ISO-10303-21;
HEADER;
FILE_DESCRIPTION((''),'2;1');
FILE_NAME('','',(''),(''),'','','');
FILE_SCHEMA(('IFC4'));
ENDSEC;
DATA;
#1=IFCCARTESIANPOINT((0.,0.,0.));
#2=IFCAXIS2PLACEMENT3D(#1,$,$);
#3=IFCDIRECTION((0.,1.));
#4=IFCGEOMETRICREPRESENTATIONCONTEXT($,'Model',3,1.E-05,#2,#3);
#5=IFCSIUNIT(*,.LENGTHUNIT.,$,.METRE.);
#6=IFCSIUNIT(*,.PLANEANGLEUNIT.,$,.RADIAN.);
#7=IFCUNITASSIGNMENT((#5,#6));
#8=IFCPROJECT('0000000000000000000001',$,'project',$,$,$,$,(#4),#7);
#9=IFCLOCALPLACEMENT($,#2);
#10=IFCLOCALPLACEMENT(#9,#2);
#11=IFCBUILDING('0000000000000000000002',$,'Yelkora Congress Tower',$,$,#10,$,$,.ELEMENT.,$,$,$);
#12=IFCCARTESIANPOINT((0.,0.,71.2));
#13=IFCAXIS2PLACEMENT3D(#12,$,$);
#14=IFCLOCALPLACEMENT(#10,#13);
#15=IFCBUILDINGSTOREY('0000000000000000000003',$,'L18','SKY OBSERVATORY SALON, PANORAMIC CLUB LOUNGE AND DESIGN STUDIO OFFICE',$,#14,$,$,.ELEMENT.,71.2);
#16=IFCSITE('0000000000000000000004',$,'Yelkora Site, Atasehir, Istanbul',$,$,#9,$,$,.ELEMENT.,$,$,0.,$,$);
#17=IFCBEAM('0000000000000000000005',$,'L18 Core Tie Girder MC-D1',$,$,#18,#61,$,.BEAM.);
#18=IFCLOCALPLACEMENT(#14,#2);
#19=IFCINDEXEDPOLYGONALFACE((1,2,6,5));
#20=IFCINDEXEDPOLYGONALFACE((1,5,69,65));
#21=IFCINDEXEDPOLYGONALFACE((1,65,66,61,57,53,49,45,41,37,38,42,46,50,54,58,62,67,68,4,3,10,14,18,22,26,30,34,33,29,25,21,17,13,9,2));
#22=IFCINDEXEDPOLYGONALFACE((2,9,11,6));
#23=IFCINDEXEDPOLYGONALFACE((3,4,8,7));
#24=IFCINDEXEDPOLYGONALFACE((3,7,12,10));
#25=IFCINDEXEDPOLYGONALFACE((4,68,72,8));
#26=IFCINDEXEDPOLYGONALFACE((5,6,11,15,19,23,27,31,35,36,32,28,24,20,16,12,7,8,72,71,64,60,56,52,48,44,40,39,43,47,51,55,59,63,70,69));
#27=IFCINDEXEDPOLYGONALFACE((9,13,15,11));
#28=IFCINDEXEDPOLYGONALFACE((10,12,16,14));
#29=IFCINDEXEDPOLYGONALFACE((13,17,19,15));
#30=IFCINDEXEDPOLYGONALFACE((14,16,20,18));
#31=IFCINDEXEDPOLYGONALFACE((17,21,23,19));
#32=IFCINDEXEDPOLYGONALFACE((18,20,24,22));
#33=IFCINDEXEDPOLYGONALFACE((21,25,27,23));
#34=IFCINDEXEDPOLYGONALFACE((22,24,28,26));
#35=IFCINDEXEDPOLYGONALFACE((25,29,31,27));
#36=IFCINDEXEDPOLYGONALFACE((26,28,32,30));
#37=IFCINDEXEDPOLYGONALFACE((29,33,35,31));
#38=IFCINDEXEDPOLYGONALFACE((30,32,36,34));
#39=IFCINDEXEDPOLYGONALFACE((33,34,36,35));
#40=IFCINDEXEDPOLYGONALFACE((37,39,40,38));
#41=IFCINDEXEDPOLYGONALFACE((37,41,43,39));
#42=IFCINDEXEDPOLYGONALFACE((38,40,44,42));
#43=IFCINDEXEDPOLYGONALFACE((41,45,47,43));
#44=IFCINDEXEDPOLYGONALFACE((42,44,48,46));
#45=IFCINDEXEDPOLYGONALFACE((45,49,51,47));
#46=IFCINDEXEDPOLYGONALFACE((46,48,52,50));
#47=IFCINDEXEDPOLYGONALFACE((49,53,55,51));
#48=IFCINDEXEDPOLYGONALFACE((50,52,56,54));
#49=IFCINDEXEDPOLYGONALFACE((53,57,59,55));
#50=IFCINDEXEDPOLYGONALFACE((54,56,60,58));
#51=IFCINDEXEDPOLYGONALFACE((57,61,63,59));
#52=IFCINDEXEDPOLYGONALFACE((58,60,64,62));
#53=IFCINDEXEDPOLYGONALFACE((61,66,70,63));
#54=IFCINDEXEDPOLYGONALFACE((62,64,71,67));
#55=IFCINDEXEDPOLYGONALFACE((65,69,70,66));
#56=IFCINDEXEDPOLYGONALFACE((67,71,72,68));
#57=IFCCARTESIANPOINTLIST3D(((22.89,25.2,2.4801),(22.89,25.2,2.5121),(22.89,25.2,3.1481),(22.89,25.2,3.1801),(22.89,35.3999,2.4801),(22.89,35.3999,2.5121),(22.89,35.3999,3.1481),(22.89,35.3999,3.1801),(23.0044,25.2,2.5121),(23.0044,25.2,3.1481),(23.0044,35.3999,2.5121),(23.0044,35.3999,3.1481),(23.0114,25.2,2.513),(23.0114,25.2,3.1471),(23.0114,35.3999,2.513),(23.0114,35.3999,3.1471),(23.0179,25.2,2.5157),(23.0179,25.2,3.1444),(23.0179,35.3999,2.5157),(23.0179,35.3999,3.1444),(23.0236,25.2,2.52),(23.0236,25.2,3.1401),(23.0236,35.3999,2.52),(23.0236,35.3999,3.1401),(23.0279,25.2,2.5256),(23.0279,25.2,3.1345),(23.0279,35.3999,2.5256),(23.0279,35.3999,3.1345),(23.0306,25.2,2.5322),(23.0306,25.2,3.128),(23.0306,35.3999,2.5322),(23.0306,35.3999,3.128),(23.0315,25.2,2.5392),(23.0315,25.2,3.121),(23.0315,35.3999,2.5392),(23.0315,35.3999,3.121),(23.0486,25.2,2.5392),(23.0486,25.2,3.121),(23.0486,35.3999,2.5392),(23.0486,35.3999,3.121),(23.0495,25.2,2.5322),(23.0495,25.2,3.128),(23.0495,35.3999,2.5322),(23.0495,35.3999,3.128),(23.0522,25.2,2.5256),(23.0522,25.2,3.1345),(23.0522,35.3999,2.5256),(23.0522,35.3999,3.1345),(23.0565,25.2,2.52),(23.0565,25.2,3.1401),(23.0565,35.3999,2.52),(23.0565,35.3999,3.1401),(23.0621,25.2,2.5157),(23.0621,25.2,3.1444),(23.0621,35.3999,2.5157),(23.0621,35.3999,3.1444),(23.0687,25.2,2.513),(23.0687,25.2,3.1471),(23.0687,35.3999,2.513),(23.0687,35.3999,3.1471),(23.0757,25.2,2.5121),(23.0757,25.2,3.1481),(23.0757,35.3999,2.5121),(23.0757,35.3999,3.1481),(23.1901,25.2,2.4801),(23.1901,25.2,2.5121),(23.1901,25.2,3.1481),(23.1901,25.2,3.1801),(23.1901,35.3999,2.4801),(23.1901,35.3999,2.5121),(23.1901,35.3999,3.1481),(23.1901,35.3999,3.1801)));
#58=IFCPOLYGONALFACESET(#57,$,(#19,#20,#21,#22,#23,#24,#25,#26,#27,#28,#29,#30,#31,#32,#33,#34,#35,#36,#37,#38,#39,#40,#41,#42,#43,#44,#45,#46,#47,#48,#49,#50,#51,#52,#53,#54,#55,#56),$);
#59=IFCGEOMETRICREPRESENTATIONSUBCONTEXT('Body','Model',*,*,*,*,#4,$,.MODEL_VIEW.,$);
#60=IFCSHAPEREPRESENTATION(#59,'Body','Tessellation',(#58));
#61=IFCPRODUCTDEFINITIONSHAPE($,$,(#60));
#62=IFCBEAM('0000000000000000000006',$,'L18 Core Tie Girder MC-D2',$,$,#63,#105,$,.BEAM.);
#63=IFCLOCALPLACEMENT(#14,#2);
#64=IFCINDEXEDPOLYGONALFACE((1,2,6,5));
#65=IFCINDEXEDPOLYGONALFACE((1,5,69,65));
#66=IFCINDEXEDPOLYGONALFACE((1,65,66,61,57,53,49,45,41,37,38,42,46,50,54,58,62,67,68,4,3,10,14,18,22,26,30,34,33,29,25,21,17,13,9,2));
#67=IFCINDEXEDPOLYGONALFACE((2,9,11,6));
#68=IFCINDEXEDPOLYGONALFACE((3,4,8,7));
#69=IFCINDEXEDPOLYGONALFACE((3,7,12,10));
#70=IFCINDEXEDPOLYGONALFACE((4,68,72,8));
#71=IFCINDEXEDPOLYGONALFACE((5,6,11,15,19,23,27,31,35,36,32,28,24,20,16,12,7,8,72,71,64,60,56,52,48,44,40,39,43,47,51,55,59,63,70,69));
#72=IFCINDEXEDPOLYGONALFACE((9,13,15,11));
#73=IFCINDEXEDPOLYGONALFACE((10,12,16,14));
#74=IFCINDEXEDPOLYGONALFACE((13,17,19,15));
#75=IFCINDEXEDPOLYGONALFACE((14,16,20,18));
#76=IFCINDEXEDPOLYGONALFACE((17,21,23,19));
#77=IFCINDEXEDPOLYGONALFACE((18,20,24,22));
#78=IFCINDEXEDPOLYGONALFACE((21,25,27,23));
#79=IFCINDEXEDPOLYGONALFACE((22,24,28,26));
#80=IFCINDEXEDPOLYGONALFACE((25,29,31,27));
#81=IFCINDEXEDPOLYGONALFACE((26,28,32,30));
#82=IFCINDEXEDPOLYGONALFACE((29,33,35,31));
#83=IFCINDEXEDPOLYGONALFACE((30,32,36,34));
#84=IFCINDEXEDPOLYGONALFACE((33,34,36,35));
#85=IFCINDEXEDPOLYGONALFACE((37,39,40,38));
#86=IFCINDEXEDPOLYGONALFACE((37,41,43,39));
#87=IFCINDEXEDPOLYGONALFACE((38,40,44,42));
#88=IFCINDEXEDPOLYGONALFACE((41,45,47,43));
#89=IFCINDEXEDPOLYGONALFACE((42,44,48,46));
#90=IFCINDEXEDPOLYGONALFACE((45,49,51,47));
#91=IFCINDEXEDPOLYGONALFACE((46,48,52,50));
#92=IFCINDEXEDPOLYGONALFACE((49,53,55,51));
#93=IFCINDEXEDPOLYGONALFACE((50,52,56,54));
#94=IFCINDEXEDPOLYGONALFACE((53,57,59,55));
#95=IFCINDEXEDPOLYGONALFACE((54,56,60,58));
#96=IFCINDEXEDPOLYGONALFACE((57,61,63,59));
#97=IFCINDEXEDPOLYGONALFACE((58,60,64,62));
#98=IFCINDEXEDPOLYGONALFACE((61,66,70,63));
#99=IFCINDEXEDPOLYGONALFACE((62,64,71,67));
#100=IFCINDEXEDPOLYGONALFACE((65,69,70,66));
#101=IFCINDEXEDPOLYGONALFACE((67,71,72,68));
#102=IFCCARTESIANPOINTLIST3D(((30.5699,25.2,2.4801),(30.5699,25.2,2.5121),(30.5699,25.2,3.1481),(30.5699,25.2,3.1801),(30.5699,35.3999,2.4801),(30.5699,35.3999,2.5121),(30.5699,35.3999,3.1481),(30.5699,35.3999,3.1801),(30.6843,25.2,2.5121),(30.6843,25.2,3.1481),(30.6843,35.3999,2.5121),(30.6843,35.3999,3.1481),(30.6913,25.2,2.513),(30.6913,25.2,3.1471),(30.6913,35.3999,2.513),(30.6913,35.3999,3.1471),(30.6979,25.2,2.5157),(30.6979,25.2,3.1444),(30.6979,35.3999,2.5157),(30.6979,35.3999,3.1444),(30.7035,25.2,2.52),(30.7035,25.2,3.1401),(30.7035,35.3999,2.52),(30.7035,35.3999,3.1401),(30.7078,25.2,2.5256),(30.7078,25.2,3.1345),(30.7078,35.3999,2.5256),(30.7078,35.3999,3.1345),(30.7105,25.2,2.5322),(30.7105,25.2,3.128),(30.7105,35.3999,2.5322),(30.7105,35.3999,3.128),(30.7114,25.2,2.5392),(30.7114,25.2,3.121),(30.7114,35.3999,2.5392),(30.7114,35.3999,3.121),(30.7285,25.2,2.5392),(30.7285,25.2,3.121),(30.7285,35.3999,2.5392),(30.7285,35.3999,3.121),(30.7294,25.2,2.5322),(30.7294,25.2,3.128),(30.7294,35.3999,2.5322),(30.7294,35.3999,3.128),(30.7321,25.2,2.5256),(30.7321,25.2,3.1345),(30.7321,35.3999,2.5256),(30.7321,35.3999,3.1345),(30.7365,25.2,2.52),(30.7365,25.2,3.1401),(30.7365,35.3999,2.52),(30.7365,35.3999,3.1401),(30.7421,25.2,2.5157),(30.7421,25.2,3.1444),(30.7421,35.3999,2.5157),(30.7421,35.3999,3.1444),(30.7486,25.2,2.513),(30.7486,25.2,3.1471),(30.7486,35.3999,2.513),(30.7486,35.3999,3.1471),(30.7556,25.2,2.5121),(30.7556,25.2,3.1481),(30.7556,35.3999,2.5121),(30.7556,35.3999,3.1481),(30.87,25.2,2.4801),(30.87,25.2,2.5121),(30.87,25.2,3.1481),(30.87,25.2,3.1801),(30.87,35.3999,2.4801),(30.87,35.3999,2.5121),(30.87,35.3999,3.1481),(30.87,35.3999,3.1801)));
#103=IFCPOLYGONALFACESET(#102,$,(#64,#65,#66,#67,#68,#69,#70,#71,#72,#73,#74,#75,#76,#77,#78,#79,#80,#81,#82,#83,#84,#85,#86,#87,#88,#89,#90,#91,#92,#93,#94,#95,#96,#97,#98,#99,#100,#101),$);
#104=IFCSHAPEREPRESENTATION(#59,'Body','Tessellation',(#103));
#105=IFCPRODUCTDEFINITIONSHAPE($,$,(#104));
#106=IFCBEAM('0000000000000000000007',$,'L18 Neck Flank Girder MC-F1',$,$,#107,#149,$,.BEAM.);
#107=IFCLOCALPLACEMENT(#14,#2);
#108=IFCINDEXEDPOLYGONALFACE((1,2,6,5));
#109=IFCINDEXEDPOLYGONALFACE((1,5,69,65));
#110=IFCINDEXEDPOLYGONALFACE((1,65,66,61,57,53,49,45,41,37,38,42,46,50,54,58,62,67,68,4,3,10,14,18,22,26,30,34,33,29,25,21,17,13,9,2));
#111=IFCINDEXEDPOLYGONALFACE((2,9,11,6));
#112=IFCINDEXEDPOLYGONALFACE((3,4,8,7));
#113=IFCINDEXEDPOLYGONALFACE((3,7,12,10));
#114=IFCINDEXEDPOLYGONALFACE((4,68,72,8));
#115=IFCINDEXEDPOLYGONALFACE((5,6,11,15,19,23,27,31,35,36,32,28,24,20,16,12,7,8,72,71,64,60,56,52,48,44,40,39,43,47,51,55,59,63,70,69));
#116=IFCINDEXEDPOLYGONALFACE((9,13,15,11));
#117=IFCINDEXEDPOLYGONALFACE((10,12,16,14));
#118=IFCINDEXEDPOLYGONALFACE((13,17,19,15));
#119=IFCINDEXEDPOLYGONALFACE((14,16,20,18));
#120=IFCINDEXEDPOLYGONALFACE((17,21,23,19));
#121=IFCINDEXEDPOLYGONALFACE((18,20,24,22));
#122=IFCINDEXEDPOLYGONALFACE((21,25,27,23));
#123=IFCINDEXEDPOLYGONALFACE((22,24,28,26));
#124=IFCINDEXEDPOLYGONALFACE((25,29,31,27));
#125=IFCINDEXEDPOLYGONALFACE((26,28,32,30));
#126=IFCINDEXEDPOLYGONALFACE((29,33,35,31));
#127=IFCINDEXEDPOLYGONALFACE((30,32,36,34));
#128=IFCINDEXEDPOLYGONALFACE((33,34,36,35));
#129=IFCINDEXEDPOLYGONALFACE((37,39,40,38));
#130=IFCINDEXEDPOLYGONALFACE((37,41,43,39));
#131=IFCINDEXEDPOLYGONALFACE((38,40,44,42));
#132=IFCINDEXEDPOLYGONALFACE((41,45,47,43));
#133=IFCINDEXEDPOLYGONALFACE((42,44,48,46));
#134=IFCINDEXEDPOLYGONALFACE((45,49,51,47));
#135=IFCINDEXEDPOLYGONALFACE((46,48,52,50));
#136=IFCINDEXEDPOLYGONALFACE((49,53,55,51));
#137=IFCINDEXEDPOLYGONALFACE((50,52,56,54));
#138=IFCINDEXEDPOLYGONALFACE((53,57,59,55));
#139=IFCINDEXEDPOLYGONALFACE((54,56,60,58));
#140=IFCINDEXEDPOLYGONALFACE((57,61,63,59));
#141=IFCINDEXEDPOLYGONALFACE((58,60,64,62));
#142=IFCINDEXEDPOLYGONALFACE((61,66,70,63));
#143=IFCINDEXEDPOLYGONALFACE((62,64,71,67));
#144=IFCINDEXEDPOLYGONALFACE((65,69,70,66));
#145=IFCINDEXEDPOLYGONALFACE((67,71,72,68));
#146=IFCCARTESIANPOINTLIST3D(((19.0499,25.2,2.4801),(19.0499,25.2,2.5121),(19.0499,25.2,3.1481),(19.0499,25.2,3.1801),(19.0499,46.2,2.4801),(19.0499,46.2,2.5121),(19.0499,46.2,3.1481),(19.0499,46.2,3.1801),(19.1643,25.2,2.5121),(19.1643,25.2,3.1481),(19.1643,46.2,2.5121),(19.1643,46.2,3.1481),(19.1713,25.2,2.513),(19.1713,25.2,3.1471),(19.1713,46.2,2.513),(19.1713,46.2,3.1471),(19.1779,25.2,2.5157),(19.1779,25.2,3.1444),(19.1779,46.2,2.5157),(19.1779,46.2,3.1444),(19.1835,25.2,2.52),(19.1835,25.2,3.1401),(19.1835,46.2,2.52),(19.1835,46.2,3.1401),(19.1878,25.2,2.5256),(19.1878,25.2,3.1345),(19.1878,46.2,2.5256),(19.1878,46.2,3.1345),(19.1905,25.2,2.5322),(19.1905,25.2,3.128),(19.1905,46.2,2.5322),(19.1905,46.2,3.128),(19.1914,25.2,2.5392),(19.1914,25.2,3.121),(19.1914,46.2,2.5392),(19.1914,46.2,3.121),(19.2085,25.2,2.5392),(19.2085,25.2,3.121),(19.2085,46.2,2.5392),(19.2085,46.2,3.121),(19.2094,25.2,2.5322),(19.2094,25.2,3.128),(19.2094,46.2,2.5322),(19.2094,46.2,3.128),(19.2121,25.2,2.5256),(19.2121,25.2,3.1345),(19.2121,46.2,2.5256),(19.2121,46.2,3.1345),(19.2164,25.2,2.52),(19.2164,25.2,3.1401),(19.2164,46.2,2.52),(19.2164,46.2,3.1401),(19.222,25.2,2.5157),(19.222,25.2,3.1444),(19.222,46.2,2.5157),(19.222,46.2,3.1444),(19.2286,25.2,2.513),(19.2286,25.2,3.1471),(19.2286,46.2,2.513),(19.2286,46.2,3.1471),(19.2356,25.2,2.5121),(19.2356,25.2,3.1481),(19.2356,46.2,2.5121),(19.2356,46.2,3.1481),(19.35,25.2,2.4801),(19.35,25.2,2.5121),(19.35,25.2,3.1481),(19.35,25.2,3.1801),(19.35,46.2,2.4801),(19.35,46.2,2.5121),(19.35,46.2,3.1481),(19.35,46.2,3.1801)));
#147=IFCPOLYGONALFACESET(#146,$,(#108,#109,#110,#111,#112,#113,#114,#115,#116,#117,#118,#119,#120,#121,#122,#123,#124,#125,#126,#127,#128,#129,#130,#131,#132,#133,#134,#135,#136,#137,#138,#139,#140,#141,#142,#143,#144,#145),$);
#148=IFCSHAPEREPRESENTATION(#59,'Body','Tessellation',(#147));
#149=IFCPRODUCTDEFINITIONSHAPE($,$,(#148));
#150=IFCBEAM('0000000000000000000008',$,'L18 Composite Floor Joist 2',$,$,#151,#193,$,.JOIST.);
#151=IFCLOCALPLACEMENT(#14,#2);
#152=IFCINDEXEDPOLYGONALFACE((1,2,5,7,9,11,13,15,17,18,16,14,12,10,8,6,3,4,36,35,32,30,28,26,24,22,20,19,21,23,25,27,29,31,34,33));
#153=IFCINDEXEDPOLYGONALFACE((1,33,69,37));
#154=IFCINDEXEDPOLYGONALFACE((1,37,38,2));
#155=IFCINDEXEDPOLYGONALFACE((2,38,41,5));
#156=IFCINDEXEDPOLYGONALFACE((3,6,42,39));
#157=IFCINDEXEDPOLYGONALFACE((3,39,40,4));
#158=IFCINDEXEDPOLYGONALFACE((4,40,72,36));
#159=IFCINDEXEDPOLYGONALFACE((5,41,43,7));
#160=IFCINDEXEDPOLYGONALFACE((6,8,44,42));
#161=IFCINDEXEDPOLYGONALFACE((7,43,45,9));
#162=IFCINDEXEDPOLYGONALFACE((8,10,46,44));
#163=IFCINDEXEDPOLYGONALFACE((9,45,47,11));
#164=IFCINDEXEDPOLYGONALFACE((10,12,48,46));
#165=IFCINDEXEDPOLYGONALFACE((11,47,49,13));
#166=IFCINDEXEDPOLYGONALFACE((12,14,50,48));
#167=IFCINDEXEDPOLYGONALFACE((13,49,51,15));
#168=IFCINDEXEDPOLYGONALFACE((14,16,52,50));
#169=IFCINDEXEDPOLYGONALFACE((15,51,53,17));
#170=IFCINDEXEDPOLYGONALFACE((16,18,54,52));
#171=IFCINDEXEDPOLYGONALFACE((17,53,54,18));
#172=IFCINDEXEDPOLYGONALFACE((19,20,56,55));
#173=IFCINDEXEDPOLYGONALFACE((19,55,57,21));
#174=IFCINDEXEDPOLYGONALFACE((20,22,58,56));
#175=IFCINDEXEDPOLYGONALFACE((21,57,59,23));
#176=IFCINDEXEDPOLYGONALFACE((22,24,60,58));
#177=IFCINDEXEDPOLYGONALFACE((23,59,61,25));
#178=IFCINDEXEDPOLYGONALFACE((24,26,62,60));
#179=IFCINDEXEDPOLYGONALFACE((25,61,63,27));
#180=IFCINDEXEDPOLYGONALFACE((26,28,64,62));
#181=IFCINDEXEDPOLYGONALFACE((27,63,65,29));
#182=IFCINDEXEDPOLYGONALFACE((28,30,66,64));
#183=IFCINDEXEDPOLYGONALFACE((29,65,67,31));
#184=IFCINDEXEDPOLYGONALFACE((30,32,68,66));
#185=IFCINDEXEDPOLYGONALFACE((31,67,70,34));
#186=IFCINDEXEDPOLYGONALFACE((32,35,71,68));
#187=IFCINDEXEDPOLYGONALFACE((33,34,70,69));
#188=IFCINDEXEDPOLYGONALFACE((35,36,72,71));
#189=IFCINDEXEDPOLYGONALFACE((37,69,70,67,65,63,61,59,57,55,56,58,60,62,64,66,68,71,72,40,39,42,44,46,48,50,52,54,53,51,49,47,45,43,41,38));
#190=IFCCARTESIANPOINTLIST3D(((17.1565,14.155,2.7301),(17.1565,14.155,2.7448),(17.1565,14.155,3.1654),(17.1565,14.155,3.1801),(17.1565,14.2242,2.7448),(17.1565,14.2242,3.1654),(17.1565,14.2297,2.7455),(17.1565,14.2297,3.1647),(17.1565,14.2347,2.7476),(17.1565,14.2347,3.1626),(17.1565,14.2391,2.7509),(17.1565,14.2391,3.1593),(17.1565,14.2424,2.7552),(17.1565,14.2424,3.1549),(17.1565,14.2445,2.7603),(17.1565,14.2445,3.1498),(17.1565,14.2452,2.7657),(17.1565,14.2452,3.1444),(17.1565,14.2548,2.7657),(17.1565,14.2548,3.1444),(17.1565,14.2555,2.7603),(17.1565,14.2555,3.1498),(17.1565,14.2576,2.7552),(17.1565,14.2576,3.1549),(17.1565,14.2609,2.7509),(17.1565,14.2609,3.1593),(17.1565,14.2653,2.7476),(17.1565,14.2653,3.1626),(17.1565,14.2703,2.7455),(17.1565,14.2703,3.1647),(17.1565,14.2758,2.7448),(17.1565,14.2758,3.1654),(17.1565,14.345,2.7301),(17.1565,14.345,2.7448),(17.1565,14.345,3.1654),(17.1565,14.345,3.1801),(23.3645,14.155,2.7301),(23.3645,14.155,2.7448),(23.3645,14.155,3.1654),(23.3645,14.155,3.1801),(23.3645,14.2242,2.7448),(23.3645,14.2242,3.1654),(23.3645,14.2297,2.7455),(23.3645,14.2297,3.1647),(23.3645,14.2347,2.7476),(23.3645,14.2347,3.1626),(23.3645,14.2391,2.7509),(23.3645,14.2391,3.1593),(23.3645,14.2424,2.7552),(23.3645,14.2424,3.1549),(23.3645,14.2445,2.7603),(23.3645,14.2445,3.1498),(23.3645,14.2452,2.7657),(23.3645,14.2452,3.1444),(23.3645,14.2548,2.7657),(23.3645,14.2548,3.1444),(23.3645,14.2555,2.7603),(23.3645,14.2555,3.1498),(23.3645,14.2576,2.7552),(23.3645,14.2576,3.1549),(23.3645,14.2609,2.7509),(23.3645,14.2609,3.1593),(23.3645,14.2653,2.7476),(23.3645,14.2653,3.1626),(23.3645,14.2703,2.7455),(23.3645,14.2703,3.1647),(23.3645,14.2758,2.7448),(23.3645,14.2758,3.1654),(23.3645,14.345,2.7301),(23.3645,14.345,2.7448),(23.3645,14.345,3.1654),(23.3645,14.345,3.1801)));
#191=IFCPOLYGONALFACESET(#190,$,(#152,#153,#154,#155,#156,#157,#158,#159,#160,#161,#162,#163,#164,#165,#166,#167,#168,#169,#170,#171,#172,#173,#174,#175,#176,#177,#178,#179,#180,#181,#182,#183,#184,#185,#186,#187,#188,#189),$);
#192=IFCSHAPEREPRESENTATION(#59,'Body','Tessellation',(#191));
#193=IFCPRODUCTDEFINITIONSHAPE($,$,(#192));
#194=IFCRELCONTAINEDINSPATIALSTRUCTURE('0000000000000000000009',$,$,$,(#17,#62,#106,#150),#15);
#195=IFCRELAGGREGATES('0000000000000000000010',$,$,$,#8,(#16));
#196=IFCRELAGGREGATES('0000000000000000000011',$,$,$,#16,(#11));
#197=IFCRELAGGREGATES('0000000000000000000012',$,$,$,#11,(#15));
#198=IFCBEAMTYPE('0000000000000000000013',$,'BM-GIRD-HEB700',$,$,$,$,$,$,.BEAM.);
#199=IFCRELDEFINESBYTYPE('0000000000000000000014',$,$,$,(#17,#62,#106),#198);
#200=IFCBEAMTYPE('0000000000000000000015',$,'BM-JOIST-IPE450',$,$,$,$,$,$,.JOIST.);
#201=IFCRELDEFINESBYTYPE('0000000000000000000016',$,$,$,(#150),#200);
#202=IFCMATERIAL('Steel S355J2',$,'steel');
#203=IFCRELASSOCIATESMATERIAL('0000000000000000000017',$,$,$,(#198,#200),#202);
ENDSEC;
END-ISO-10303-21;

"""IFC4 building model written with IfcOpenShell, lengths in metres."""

from ifc_helpers import new_model, si_unit, direction, frame, origin, origin_2d, place, context, subcontext, project, spatial, i_section, extrude, material, material_profile, profile_set, type_object, element, save


model = new_model("IFC4")

# Units and contexts
model_context = context("Model", 3, precision=1e-05, world=origin(), true_north=direction((0.0, 1.0)))
body_context = subcontext(model_context, "Body", "Model", "MODEL_VIEW")
ifc_project = project(units=[si_unit("LENGTHUNIT", "METRE"), si_unit("PLANEANGLEUNIT", "RADIAN")], contexts=[model_context])

# Site, building, storey
site_placement = place(None, origin())
site = spatial("IfcSite", under=ifc_project, at=site_placement, Name="Yelkora Site, Atasehir, Istanbul", CompositionType="ELEMENT", RefElevation=0.0)
building_placement = place(site_placement, origin())
building = spatial("IfcBuilding", under=site, at=building_placement, Name="Yelkora Congress Tower", CompositionType="ELEMENT")
storey_placement = place(building_placement, frame((0.0, 0.0, 71.2)))
storey = spatial("IfcBuildingStorey", under=building, at=storey_placement, Name="L18", Description="SKY OBSERVATORY SALON, PANORAMIC CLUB LOUNGE AND DESIGN STUDIO OFFICE", CompositionType="ELEMENT", Elevation=71.2)

# Beams
ifc_material_1 = material(Name="Steel S355J2", Category="steel")
ifc_material_profile_1 = material_profile(ifc_material_1, i_section(OverallWidth=0.3, OverallDepth=0.7, WebThickness=0.0171, FlangeThickness=0.032, FilletRadius=0.0271, at=origin_2d()), Name="HEB 700")
ifc_profile_set_1 = profile_set([ifc_material_profile_1], Name="Steel S355J2")
beam_type_1 = type_object("IfcBeamType", Name="BM-GIRD-HEB700", PredefinedType="BEAM", material=ifc_profile_set_1)
for number, where, z_axis, x_axis, name in (
    (1, (23.04, 25.2, 2.8301), (0.0, 1.0, 0.0), (-1.0, 0.0, 0.0), "L18 Core Tie Girder MC-D1"),
    (2, (30.72, 25.2, 2.8301), (0.0, 1.0, 0.0), (-1.0, 0.0, 0.0), "L18 Core Tie Girder MC-D2"),
):
    element("IfcBeam", number, at=place(storey_placement, frame(where, z_axis=z_axis, x_axis=x_axis)), inside=storey, type_object=beam_type_1, Name=name, PredefinedType="BEAM", context=body_context, shape_type="SweptSolid", body=[
        extrude(i_section(OverallWidth=0.3, OverallDepth=0.7, WebThickness=0.0171, FlangeThickness=0.032, FilletRadius=0.0271, at=origin_2d()), origin(), (0.0, 0.0, 1.0), 10.2),
    ])
beam_1_placement = place(storey_placement, frame((19.2, 25.2, 2.8301), z_axis=(0.0, 1.0, 0.0), x_axis=(-1.0, 0.0, 0.0)))
element("IfcBeam", 3, at=beam_1_placement, inside=storey, type_object=beam_type_1, Name="L18 Neck Flank Girder MC-F1", PredefinedType="BEAM", context=body_context, shape_type="SweptSolid", body=[
    extrude(i_section(OverallWidth=0.3, OverallDepth=0.7, WebThickness=0.0171, FlangeThickness=0.032, FilletRadius=0.0271, at=origin_2d()), origin(), (0.0, 0.0, 1.0), 21.0),
])
ifc_material_profile_2 = material_profile(ifc_material_1, i_section(OverallWidth=0.1899, OverallDepth=0.45, WebThickness=0.0095, FlangeThickness=0.0146, FilletRadius=0.021, at=origin_2d()), Name="IPE 450")
ifc_profile_set_2 = profile_set([ifc_material_profile_2], Name="Steel S355J2")
beam_type_2 = type_object("IfcBeamType", Name="BM-JOIST-IPE450", PredefinedType="JOIST", material=ifc_profile_set_2)
beam_2_placement = place(storey_placement, frame((17.1565, 14.25, 2.9551), z_axis=(1.0, 0.0, 0.0), x_axis=(0.0, 1.0, 0.0)))
element("IfcBeam", 4, at=beam_2_placement, inside=storey, type_object=beam_type_2, Name="L18 Composite Floor Joist 2", PredefinedType="JOIST", context=body_context, shape_type="SweptSolid", body=[
    extrude(i_section(OverallWidth=0.1899, OverallDepth=0.45, WebThickness=0.0095, FlangeThickness=0.0146, FilletRadius=0.021, at=origin_2d()), origin(), (0.0, 0.0, 1.0), 6.208),
])

save(model, "model.ifc")
